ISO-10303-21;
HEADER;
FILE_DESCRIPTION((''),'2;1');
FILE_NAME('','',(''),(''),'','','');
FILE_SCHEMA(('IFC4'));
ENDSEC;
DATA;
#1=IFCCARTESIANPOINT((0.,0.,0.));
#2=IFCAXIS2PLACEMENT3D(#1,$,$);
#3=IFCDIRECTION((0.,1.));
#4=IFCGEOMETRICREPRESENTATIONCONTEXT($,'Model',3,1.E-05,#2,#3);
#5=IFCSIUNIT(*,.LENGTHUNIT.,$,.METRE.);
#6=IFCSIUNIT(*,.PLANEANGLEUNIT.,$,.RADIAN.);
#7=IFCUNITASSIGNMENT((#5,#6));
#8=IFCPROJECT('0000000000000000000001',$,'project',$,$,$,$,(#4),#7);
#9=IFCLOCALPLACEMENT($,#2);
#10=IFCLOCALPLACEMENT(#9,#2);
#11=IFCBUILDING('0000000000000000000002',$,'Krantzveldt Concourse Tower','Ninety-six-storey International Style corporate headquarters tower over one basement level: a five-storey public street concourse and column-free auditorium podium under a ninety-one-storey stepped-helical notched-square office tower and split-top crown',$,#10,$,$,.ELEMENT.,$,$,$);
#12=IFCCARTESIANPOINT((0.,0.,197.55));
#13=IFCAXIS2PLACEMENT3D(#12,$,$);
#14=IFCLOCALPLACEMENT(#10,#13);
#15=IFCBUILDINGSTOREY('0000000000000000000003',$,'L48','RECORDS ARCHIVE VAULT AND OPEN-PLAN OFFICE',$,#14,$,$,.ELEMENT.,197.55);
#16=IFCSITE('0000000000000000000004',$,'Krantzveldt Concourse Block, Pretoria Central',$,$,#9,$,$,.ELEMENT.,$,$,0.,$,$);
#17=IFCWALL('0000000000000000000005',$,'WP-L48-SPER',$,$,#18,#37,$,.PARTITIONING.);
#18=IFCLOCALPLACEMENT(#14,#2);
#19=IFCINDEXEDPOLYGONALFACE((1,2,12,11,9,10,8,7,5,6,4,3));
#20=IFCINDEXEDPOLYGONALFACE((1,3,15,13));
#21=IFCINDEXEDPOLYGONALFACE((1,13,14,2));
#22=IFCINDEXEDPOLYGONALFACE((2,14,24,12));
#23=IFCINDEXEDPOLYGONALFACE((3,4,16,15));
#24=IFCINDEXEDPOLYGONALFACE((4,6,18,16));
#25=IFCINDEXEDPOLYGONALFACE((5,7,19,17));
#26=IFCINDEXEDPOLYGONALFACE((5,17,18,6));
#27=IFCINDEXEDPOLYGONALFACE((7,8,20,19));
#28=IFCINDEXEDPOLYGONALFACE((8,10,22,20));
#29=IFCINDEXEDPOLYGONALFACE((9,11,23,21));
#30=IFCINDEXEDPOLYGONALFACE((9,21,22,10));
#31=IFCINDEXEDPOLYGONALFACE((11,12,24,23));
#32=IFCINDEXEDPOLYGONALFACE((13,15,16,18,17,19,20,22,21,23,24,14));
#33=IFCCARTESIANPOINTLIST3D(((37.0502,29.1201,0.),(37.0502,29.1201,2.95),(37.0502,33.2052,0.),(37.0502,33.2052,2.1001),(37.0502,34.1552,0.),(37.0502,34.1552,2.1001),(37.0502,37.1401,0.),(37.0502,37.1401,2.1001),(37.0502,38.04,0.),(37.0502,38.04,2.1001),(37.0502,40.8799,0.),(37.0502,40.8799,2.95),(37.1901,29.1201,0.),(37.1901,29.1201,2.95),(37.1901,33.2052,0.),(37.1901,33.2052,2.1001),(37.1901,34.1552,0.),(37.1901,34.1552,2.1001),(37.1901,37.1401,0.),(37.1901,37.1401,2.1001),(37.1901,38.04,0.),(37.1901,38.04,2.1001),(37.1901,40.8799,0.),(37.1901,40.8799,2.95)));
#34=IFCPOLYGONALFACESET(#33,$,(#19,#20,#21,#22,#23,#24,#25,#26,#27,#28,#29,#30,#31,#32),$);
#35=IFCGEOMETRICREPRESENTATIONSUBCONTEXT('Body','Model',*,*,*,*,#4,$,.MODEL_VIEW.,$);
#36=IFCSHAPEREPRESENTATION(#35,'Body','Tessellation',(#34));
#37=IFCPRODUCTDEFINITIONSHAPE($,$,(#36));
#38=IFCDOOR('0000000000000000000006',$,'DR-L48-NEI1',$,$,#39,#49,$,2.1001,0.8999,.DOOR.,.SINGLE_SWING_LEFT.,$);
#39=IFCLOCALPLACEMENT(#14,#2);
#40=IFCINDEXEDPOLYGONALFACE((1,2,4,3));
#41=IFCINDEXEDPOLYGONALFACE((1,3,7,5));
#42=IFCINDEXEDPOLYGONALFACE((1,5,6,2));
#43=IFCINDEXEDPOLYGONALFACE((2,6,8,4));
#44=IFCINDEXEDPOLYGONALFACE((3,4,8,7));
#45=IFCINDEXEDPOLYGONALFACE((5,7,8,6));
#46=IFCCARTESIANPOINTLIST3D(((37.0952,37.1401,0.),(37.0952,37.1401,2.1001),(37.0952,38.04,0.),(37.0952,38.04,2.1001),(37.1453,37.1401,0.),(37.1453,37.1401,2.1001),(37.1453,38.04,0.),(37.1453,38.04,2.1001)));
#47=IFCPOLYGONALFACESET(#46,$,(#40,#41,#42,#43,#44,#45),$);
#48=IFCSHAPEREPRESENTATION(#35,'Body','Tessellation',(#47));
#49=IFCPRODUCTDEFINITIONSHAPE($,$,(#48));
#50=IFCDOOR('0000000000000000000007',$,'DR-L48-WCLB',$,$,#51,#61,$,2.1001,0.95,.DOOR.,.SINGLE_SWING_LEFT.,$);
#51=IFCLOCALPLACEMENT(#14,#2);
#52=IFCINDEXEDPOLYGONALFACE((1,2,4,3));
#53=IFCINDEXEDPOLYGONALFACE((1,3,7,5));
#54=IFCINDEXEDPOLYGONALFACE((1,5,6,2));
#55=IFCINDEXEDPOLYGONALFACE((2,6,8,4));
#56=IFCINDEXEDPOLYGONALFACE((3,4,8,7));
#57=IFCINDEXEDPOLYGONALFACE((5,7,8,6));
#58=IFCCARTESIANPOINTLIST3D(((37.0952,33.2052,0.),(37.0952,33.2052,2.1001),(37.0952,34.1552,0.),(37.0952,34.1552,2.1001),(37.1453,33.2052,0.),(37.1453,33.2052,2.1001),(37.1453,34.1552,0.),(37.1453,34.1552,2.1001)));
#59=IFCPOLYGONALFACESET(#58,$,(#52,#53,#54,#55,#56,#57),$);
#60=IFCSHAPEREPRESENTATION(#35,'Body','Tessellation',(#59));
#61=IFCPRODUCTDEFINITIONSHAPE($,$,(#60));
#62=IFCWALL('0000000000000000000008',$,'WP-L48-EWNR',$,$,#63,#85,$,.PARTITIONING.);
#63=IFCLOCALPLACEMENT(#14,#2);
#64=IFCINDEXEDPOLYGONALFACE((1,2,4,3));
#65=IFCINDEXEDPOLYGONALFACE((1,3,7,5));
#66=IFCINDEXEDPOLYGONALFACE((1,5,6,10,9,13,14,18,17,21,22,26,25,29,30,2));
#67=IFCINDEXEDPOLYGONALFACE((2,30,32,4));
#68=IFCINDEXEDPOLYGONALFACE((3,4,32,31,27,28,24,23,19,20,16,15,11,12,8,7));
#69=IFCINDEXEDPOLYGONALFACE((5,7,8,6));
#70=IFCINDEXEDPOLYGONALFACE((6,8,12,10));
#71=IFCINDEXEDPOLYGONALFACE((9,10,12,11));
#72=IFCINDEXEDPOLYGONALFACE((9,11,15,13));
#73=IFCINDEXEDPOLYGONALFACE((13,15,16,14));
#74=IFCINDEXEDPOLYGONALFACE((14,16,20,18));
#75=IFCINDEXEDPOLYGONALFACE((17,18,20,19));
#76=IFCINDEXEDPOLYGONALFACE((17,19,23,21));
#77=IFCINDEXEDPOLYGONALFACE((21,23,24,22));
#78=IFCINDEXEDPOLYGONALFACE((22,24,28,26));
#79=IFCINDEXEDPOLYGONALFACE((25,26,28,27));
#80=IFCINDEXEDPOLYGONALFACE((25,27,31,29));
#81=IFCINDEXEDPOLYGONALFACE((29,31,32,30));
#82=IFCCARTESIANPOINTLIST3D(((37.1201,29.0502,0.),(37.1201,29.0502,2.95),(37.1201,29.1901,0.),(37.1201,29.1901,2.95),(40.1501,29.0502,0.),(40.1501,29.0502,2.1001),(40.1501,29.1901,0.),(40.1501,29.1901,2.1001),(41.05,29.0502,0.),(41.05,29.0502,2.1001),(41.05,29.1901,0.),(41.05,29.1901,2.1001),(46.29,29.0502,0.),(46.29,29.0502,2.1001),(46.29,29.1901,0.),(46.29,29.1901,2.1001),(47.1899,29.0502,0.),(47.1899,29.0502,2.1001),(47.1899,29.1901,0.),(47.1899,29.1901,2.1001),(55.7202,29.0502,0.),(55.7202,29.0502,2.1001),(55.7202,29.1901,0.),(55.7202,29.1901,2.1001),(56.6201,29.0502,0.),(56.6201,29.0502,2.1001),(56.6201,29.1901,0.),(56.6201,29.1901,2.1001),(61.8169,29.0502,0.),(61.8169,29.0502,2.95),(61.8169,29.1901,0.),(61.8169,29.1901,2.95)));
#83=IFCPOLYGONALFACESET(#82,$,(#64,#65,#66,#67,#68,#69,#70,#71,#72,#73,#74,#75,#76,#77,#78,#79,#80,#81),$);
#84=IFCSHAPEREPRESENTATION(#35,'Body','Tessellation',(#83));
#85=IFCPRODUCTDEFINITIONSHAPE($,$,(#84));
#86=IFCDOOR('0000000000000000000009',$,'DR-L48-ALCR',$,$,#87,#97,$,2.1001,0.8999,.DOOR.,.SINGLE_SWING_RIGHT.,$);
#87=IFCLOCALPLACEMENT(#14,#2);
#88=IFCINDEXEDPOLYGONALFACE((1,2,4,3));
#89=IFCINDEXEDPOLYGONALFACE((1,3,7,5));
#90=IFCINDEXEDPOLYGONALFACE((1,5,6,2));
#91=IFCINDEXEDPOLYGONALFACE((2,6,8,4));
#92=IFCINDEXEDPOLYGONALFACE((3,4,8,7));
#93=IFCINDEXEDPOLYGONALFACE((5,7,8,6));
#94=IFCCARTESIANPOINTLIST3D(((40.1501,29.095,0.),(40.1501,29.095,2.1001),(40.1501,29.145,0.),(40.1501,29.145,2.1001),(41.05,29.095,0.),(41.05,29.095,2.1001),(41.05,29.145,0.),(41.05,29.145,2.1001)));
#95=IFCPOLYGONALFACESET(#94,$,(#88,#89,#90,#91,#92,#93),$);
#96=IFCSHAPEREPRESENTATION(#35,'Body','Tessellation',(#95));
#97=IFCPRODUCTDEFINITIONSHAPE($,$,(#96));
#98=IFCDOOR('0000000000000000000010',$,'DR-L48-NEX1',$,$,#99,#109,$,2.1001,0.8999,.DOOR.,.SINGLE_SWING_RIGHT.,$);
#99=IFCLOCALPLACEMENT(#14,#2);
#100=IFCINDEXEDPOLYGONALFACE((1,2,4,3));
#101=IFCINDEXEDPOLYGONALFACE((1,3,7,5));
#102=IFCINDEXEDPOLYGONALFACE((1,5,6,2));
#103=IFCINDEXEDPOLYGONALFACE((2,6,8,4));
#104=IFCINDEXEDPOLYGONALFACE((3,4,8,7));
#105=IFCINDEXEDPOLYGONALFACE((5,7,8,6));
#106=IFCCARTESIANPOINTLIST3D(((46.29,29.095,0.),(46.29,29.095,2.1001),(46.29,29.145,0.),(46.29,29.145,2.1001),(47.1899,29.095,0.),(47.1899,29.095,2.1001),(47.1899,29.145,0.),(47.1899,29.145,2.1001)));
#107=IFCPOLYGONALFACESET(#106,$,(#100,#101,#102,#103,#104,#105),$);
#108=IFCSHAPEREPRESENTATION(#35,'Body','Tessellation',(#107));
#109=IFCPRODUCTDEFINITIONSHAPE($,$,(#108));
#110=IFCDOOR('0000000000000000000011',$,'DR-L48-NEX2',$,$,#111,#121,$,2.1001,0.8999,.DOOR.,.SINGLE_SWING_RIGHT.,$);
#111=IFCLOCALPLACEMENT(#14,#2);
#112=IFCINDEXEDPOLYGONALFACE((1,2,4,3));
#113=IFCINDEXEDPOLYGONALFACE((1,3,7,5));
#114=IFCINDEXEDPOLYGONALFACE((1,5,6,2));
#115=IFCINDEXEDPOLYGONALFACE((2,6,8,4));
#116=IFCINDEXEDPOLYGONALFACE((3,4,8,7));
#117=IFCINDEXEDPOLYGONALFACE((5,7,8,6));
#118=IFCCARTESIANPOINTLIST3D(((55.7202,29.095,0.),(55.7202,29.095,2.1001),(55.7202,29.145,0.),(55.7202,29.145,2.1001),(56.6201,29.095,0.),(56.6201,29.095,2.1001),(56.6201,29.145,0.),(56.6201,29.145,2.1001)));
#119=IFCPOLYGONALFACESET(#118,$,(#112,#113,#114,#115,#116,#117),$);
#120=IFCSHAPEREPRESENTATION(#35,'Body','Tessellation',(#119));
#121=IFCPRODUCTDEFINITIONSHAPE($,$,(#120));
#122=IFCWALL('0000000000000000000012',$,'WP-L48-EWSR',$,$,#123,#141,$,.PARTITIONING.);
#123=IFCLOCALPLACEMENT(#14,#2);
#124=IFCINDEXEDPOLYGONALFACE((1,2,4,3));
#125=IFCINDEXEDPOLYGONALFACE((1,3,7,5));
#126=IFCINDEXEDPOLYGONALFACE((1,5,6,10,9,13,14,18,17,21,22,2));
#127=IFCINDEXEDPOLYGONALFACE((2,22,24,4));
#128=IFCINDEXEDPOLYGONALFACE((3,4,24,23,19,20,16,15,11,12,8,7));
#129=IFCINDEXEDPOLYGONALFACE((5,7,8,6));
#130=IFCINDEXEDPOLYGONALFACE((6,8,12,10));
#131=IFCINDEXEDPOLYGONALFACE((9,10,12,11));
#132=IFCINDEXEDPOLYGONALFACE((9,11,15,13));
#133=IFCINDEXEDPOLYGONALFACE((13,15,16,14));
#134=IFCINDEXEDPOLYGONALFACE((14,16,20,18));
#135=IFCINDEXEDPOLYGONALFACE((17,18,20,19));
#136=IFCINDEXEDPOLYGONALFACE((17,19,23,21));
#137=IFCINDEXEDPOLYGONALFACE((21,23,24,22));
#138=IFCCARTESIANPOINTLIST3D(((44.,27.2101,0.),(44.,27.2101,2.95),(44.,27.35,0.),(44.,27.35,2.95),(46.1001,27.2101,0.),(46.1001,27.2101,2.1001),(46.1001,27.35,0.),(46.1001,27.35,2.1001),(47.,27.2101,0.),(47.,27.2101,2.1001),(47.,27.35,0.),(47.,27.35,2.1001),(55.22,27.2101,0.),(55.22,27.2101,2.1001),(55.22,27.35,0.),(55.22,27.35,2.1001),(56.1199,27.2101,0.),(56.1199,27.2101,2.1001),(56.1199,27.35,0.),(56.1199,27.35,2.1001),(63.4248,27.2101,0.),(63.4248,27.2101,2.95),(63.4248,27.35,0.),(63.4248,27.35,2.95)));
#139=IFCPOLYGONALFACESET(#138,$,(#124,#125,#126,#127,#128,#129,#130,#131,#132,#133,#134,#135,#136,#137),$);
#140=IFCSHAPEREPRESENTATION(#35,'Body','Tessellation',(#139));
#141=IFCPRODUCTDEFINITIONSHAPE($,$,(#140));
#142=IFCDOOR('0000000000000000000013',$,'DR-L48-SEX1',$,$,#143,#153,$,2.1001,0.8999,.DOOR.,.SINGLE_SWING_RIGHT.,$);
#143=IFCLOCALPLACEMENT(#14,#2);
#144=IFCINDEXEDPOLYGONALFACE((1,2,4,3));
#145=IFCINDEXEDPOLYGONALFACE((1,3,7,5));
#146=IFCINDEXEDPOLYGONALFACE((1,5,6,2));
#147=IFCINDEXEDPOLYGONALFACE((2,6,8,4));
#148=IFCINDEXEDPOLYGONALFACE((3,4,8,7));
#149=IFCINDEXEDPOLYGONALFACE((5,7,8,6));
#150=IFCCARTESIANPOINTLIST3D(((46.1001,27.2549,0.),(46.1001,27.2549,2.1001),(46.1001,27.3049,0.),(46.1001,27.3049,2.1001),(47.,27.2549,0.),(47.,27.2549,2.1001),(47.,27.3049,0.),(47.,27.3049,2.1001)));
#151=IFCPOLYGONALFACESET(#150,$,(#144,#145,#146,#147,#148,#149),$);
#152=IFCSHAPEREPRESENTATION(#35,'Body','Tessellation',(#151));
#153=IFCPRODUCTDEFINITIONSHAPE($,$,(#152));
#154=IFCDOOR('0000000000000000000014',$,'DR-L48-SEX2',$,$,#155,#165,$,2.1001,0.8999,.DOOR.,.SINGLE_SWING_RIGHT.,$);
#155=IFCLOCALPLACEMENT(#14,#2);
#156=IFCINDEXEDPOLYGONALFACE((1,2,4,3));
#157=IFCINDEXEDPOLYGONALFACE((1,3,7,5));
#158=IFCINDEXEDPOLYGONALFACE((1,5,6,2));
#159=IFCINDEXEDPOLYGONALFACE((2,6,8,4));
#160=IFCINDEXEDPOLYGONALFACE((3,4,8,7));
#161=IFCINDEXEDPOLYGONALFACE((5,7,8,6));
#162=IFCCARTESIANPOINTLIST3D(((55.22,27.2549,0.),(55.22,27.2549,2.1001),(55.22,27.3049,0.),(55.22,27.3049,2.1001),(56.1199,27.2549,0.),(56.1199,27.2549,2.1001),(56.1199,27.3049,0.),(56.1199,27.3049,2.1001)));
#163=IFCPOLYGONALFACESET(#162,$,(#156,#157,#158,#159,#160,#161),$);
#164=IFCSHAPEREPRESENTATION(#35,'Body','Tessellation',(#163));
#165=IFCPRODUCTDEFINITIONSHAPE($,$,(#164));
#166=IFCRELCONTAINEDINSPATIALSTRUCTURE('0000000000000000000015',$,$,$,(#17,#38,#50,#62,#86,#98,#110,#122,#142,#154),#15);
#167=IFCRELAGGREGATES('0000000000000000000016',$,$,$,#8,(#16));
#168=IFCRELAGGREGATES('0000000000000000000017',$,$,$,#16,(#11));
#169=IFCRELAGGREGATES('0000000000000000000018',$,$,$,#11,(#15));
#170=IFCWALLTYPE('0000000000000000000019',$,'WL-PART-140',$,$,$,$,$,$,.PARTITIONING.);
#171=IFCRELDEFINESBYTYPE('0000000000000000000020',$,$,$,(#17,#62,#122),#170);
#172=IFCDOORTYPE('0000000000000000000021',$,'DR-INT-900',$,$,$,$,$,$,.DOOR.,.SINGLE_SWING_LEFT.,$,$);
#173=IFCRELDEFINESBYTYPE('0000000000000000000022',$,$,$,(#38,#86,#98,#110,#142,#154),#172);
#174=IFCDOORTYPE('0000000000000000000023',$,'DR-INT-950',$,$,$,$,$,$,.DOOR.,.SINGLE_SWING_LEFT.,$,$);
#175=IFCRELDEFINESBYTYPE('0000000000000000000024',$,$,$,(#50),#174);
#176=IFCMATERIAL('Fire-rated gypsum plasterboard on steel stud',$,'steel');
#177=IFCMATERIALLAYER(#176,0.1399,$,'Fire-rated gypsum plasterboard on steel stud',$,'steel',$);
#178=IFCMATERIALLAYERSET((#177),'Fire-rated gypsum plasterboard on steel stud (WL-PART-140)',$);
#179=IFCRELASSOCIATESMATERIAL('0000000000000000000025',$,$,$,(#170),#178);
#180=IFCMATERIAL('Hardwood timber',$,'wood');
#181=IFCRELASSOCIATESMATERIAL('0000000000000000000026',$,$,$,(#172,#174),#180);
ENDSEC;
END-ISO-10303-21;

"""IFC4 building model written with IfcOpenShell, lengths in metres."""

from ifc_helpers import new_model, si_unit, direction, frame, frame_2d, origin, place, context, subcontext, project, spatial, rectangle, extrude, material, layer, layer_set, type_object, element, fill, save


model = new_model("IFC4")

# Units and contexts
model_context = context("Model", 3, precision=1e-05, world=origin(), true_north=direction((0.0, 1.0)))
body_context = subcontext(model_context, "Body", "Model", "MODEL_VIEW")
ifc_project = project(units=[si_unit("LENGTHUNIT", "METRE"), si_unit("PLANEANGLEUNIT", "RADIAN")], contexts=[model_context])

# Site, building, storey
site_placement = place(None, origin())
site = spatial("IfcSite", under=ifc_project, at=site_placement, Name="Krantzveldt Concourse Block, Pretoria Central", CompositionType="ELEMENT", RefElevation=0.0)
building_placement = place(site_placement, origin())
building = spatial("IfcBuilding", under=site, at=building_placement, Name="Krantzveldt Concourse Tower", Description="Ninety-six-storey International Style corporate headquarters tower over one basement level: a five-storey public street concourse and column-free auditorium podium under a ninety-one-storey stepped-helical notched-square office tower and split-top crown", CompositionType="ELEMENT")
storey_placement = place(building_placement, frame((0.0, 0.0, 197.55)))
storey = spatial("IfcBuildingStorey", under=building, at=storey_placement, Name="L48", Description="RECORDS ARCHIVE VAULT AND OPEN-PLAN OFFICE", CompositionType="ELEMENT", Elevation=197.55)

# Shared definitions
ifc_material_1 = material(Name="Fire-rated gypsum plasterboard on steel stud", Category="steel")

# Walls, openings, doors
ifc_layer_1 = layer(ifc_material_1, 0.1399, Name="Fire-rated gypsum plasterboard on steel stud", Category="steel")
ifc_layer_set_1 = layer_set([ifc_layer_1], Name="Fire-rated gypsum plasterboard on steel stud (WL-PART-140)")
wall_type_1 = type_object("IfcWallType", Name="WL-PART-140", PredefinedType="PARTITIONING", material=ifc_layer_set_1)
wall_1_placement = place(storey_placement, frame((37.1201, 29.1201, 0.0), z_axis=(0.0, 0.0, 1.0), x_axis=(0.0, 1.0, 0.0)))
wall_1 = element("IfcWall", 1, at=wall_1_placement, inside=storey, type_object=wall_type_1, Name="WP-L48-SPER", PredefinedType="PARTITIONING", context=body_context, shape_type="SweptSolid", body=[
    extrude(rectangle(XDim=11.7598, YDim=0.1399, at=frame_2d((5.8799, 0.0))), origin(), (0.0, 0.0, 1.0), 2.95),
])
opening_1_placement = place(wall_1_placement, frame((4.085, 0.0, 0.0)))
opening_1 = element("IfcOpeningElement", 2, at=opening_1_placement, cuts=wall_1, PredefinedType="OPENING", context=body_context, shape_type="SweptSolid", body=[
    extrude(rectangle(XDim=0.95, YDim=2.1001, at=frame_2d((0.4751, 1.05))), frame((0.0, 0.0801, 0.0), z_axis=(0.0, -1.0, 0.0), x_axis=(1.0, 0.0, 0.0)), (0.0, 0.0, 1.0), 0.1599),
])
opening_2_placement = place(wall_1_placement, frame((8.02, 0.0, 0.0)))
opening_2 = element("IfcOpeningElement", 3, at=opening_2_placement, cuts=wall_1, PredefinedType="OPENING", context=body_context, shape_type="SweptSolid", body=[
    extrude(rectangle(XDim=0.8999, YDim=2.1001, at=frame_2d((0.45, 1.05))), frame((0.0, 0.0801, 0.0), z_axis=(0.0, -1.0, 0.0), x_axis=(1.0, 0.0, 0.0)), (0.0, 0.0, 1.0), 0.1599),
])
ifc_material_2 = material(Name="Hardwood timber", Category="wood")
door_type_1 = type_object("IfcDoorType", Name="DR-INT-900", OperationType="SINGLE_SWING_LEFT", PredefinedType="DOOR", material=ifc_material_2)
door_1_placement = place(opening_2_placement, origin())
door_1 = element("IfcDoor", 4, at=door_1_placement, inside=storey, type_object=door_type_1, Name="DR-L48-NEI1", OperationType="SINGLE_SWING_LEFT", OverallHeight=2.1001, OverallWidth=0.8999, PredefinedType="DOOR", context=body_context, shape_type="SweptSolid", body=[
    extrude(rectangle(XDim=0.8999, YDim=2.1001, at=frame_2d((0.45, 1.05))), frame((0.0, 0.0249, 0.0), z_axis=(0.0, -1.0, 0.0), x_axis=(1.0, 0.0, 0.0)), (0.0, 0.0, 1.0), 0.05),
])
fill(opening_2, door_1)
door_type_2 = type_object("IfcDoorType", Name="DR-INT-950", OperationType="SINGLE_SWING_LEFT", PredefinedType="DOOR", material=ifc_material_2)
door_2_placement = place(opening_1_placement, origin())
door_2 = element("IfcDoor", 5, at=door_2_placement, inside=storey, type_object=door_type_2, Name="DR-L48-WCLB", OperationType="SINGLE_SWING_LEFT", OverallHeight=2.1001, OverallWidth=0.95, PredefinedType="DOOR", context=body_context, shape_type="SweptSolid", body=[
    extrude(rectangle(XDim=0.95, YDim=2.1001, at=frame_2d((0.4751, 1.05))), frame((0.0, 0.0249, 0.0), z_axis=(0.0, -1.0, 0.0), x_axis=(1.0, 0.0, 0.0)), (0.0, 0.0, 1.0), 0.05),
])
fill(opening_1, door_2)
wall_2_placement = place(storey_placement, frame((37.1201, 29.1201, 0.0), z_axis=(0.0, 0.0, 1.0), x_axis=(1.0, 0.0, 0.0)))
wall_2 = element("IfcWall", 6, at=wall_2_placement, inside=storey, type_object=wall_type_1, Name="WP-L48-EWNR", PredefinedType="PARTITIONING", context=body_context, shape_type="SweptSolid", body=[
    extrude(rectangle(XDim=24.6968, YDim=0.1399, at=frame_2d((12.3484, 0.0))), origin(), (0.0, 0.0, 1.0), 2.95),
])
opening_3_placement = place(wall_2_placement, frame((3.03, 0.0, 0.0)))
opening_3 = element("IfcOpeningElement", 7, at=opening_3_placement, cuts=wall_2, PredefinedType="OPENING", context=body_context, shape_type="SweptSolid", body=[
    extrude(rectangle(XDim=0.8999, YDim=2.1001, at=frame_2d((0.45, 1.05))), frame((0.0, 0.0801, 0.0), z_axis=(0.0, -1.0, 0.0), x_axis=(1.0, 0.0, 0.0)), (0.0, 0.0, 1.0), 0.1599),
])
opening_4_placement = place(wall_2_placement, frame((9.1699, 0.0, 0.0)))
opening_4 = element("IfcOpeningElement", 8, at=opening_4_placement, cuts=wall_2, PredefinedType="OPENING", context=body_context, shape_type="SweptSolid", body=[
    extrude(rectangle(XDim=0.8999, YDim=2.1001, at=frame_2d((0.45, 1.05))), frame((0.0, 0.0801, 0.0), z_axis=(0.0, -1.0, 0.0), x_axis=(1.0, 0.0, 0.0)), (0.0, 0.0, 1.0), 0.1599),
])
opening_5_placement = place(wall_2_placement, frame((18.6001, 0.0, 0.0)))
opening_5 = element("IfcOpeningElement", 9, at=opening_5_placement, cuts=wall_2, PredefinedType="OPENING", context=body_context, shape_type="SweptSolid", body=[
    extrude(rectangle(XDim=0.8999, YDim=2.1001, at=frame_2d((0.45, 1.05))), frame((0.0, 0.0801, 0.0), z_axis=(0.0, -1.0, 0.0), x_axis=(1.0, 0.0, 0.0)), (0.0, 0.0, 1.0), 0.1599),
])
door_3_placement = place(opening_3_placement, origin())
door_3 = element("IfcDoor", 10, at=door_3_placement, inside=storey, type_object=door_type_1, Name="DR-L48-ALCR", OperationType="SINGLE_SWING_RIGHT", OverallHeight=2.1001, OverallWidth=0.8999, PredefinedType="DOOR", context=body_context, shape_type="SweptSolid", body=[
    extrude(rectangle(XDim=0.8999, YDim=2.1001, at=frame_2d((0.45, 1.05))), frame((0.0, 0.0249, 0.0), z_axis=(0.0, -1.0, 0.0), x_axis=(1.0, 0.0, 0.0)), (0.0, 0.0, 1.0), 0.05),
])
fill(opening_3, door_3)
door_4_placement = place(opening_4_placement, origin())
door_4 = element("IfcDoor", 11, at=door_4_placement, inside=storey, type_object=door_type_1, Name="DR-L48-NEX1", OperationType="SINGLE_SWING_RIGHT", OverallHeight=2.1001, OverallWidth=0.8999, PredefinedType="DOOR", context=body_context, shape_type="SweptSolid", body=[
    extrude(rectangle(XDim=0.8999, YDim=2.1001, at=frame_2d((0.45, 1.05))), frame((0.0, 0.0249, 0.0), z_axis=(0.0, -1.0, 0.0), x_axis=(1.0, 0.0, 0.0)), (0.0, 0.0, 1.0), 0.05),
])
fill(opening_4, door_4)
door_5_placement = place(opening_5_placement, origin())
door_5 = element("IfcDoor", 12, at=door_5_placement, inside=storey, type_object=door_type_1, Name="DR-L48-NEX2", OperationType="SINGLE_SWING_RIGHT", OverallHeight=2.1001, OverallWidth=0.8999, PredefinedType="DOOR", context=body_context, shape_type="SweptSolid", body=[
    extrude(rectangle(XDim=0.8999, YDim=2.1001, at=frame_2d((0.45, 1.05))), frame((0.0, 0.0249, 0.0), z_axis=(0.0, -1.0, 0.0), x_axis=(1.0, 0.0, 0.0)), (0.0, 0.0, 1.0), 0.05),
])
fill(opening_5, door_5)
wall_3_placement = place(storey_placement, frame((44.0, 27.28, 0.0), z_axis=(0.0, 0.0, 1.0), x_axis=(1.0, 0.0, 0.0)))
wall_3 = element("IfcWall", 13, at=wall_3_placement, inside=storey, type_object=wall_type_1, Name="WP-L48-EWSR", PredefinedType="PARTITIONING", context=body_context, shape_type="SweptSolid", body=[
    extrude(rectangle(XDim=19.4248, YDim=0.1399, at=frame_2d((9.7124, 0.0))), origin(), (0.0, 0.0, 1.0), 2.95),
])
opening_6_placement = place(wall_3_placement, frame((2.1001, 0.0, 0.0)))
opening_6 = element("IfcOpeningElement", 14, at=opening_6_placement, cuts=wall_3, PredefinedType="OPENING", context=body_context, shape_type="SweptSolid", body=[
    extrude(rectangle(XDim=0.8999, YDim=2.1001, at=frame_2d((0.45, 1.05))), frame((0.0, 0.0801, 0.0), z_axis=(0.0, -1.0, 0.0), x_axis=(1.0, 0.0, 0.0)), (0.0, 0.0, 1.0), 0.1599),
])
opening_7_placement = place(wall_3_placement, frame((11.22, 0.0, 0.0)))
opening_7 = element("IfcOpeningElement", 15, at=opening_7_placement, cuts=wall_3, PredefinedType="OPENING", context=body_context, shape_type="SweptSolid", body=[
    extrude(rectangle(XDim=0.8999, YDim=2.1001, at=frame_2d((0.45, 1.05))), frame((0.0, 0.0801, 0.0), z_axis=(0.0, -1.0, 0.0), x_axis=(1.0, 0.0, 0.0)), (0.0, 0.0, 1.0), 0.1599),
])
door_6_placement = place(opening_6_placement, origin())
door_6 = element("IfcDoor", 16, at=door_6_placement, inside=storey, type_object=door_type_1, Name="DR-L48-SEX1", OperationType="SINGLE_SWING_RIGHT", OverallHeight=2.1001, OverallWidth=0.8999, PredefinedType="DOOR", context=body_context, shape_type="SweptSolid", body=[
    extrude(rectangle(XDim=0.8999, YDim=2.1001, at=frame_2d((0.45, 1.05))), frame((0.0, 0.0249, 0.0), z_axis=(0.0, -1.0, 0.0), x_axis=(1.0, 0.0, 0.0)), (0.0, 0.0, 1.0), 0.05),
])
fill(opening_6, door_6)
door_7_placement = place(opening_7_placement, origin())
door_7 = element("IfcDoor", 17, at=door_7_placement, inside=storey, type_object=door_type_1, Name="DR-L48-SEX2", OperationType="SINGLE_SWING_RIGHT", OverallHeight=2.1001, OverallWidth=0.8999, PredefinedType="DOOR", context=body_context, shape_type="SweptSolid", body=[
    extrude(rectangle(XDim=0.8999, YDim=2.1001, at=frame_2d((0.45, 1.05))), frame((0.0, 0.0249, 0.0), z_axis=(0.0, -1.0, 0.0), x_axis=(1.0, 0.0, 0.0)), (0.0, 0.0, 1.0), 0.05),
])
fill(opening_7, door_7)

save(model, "model.ifc")
